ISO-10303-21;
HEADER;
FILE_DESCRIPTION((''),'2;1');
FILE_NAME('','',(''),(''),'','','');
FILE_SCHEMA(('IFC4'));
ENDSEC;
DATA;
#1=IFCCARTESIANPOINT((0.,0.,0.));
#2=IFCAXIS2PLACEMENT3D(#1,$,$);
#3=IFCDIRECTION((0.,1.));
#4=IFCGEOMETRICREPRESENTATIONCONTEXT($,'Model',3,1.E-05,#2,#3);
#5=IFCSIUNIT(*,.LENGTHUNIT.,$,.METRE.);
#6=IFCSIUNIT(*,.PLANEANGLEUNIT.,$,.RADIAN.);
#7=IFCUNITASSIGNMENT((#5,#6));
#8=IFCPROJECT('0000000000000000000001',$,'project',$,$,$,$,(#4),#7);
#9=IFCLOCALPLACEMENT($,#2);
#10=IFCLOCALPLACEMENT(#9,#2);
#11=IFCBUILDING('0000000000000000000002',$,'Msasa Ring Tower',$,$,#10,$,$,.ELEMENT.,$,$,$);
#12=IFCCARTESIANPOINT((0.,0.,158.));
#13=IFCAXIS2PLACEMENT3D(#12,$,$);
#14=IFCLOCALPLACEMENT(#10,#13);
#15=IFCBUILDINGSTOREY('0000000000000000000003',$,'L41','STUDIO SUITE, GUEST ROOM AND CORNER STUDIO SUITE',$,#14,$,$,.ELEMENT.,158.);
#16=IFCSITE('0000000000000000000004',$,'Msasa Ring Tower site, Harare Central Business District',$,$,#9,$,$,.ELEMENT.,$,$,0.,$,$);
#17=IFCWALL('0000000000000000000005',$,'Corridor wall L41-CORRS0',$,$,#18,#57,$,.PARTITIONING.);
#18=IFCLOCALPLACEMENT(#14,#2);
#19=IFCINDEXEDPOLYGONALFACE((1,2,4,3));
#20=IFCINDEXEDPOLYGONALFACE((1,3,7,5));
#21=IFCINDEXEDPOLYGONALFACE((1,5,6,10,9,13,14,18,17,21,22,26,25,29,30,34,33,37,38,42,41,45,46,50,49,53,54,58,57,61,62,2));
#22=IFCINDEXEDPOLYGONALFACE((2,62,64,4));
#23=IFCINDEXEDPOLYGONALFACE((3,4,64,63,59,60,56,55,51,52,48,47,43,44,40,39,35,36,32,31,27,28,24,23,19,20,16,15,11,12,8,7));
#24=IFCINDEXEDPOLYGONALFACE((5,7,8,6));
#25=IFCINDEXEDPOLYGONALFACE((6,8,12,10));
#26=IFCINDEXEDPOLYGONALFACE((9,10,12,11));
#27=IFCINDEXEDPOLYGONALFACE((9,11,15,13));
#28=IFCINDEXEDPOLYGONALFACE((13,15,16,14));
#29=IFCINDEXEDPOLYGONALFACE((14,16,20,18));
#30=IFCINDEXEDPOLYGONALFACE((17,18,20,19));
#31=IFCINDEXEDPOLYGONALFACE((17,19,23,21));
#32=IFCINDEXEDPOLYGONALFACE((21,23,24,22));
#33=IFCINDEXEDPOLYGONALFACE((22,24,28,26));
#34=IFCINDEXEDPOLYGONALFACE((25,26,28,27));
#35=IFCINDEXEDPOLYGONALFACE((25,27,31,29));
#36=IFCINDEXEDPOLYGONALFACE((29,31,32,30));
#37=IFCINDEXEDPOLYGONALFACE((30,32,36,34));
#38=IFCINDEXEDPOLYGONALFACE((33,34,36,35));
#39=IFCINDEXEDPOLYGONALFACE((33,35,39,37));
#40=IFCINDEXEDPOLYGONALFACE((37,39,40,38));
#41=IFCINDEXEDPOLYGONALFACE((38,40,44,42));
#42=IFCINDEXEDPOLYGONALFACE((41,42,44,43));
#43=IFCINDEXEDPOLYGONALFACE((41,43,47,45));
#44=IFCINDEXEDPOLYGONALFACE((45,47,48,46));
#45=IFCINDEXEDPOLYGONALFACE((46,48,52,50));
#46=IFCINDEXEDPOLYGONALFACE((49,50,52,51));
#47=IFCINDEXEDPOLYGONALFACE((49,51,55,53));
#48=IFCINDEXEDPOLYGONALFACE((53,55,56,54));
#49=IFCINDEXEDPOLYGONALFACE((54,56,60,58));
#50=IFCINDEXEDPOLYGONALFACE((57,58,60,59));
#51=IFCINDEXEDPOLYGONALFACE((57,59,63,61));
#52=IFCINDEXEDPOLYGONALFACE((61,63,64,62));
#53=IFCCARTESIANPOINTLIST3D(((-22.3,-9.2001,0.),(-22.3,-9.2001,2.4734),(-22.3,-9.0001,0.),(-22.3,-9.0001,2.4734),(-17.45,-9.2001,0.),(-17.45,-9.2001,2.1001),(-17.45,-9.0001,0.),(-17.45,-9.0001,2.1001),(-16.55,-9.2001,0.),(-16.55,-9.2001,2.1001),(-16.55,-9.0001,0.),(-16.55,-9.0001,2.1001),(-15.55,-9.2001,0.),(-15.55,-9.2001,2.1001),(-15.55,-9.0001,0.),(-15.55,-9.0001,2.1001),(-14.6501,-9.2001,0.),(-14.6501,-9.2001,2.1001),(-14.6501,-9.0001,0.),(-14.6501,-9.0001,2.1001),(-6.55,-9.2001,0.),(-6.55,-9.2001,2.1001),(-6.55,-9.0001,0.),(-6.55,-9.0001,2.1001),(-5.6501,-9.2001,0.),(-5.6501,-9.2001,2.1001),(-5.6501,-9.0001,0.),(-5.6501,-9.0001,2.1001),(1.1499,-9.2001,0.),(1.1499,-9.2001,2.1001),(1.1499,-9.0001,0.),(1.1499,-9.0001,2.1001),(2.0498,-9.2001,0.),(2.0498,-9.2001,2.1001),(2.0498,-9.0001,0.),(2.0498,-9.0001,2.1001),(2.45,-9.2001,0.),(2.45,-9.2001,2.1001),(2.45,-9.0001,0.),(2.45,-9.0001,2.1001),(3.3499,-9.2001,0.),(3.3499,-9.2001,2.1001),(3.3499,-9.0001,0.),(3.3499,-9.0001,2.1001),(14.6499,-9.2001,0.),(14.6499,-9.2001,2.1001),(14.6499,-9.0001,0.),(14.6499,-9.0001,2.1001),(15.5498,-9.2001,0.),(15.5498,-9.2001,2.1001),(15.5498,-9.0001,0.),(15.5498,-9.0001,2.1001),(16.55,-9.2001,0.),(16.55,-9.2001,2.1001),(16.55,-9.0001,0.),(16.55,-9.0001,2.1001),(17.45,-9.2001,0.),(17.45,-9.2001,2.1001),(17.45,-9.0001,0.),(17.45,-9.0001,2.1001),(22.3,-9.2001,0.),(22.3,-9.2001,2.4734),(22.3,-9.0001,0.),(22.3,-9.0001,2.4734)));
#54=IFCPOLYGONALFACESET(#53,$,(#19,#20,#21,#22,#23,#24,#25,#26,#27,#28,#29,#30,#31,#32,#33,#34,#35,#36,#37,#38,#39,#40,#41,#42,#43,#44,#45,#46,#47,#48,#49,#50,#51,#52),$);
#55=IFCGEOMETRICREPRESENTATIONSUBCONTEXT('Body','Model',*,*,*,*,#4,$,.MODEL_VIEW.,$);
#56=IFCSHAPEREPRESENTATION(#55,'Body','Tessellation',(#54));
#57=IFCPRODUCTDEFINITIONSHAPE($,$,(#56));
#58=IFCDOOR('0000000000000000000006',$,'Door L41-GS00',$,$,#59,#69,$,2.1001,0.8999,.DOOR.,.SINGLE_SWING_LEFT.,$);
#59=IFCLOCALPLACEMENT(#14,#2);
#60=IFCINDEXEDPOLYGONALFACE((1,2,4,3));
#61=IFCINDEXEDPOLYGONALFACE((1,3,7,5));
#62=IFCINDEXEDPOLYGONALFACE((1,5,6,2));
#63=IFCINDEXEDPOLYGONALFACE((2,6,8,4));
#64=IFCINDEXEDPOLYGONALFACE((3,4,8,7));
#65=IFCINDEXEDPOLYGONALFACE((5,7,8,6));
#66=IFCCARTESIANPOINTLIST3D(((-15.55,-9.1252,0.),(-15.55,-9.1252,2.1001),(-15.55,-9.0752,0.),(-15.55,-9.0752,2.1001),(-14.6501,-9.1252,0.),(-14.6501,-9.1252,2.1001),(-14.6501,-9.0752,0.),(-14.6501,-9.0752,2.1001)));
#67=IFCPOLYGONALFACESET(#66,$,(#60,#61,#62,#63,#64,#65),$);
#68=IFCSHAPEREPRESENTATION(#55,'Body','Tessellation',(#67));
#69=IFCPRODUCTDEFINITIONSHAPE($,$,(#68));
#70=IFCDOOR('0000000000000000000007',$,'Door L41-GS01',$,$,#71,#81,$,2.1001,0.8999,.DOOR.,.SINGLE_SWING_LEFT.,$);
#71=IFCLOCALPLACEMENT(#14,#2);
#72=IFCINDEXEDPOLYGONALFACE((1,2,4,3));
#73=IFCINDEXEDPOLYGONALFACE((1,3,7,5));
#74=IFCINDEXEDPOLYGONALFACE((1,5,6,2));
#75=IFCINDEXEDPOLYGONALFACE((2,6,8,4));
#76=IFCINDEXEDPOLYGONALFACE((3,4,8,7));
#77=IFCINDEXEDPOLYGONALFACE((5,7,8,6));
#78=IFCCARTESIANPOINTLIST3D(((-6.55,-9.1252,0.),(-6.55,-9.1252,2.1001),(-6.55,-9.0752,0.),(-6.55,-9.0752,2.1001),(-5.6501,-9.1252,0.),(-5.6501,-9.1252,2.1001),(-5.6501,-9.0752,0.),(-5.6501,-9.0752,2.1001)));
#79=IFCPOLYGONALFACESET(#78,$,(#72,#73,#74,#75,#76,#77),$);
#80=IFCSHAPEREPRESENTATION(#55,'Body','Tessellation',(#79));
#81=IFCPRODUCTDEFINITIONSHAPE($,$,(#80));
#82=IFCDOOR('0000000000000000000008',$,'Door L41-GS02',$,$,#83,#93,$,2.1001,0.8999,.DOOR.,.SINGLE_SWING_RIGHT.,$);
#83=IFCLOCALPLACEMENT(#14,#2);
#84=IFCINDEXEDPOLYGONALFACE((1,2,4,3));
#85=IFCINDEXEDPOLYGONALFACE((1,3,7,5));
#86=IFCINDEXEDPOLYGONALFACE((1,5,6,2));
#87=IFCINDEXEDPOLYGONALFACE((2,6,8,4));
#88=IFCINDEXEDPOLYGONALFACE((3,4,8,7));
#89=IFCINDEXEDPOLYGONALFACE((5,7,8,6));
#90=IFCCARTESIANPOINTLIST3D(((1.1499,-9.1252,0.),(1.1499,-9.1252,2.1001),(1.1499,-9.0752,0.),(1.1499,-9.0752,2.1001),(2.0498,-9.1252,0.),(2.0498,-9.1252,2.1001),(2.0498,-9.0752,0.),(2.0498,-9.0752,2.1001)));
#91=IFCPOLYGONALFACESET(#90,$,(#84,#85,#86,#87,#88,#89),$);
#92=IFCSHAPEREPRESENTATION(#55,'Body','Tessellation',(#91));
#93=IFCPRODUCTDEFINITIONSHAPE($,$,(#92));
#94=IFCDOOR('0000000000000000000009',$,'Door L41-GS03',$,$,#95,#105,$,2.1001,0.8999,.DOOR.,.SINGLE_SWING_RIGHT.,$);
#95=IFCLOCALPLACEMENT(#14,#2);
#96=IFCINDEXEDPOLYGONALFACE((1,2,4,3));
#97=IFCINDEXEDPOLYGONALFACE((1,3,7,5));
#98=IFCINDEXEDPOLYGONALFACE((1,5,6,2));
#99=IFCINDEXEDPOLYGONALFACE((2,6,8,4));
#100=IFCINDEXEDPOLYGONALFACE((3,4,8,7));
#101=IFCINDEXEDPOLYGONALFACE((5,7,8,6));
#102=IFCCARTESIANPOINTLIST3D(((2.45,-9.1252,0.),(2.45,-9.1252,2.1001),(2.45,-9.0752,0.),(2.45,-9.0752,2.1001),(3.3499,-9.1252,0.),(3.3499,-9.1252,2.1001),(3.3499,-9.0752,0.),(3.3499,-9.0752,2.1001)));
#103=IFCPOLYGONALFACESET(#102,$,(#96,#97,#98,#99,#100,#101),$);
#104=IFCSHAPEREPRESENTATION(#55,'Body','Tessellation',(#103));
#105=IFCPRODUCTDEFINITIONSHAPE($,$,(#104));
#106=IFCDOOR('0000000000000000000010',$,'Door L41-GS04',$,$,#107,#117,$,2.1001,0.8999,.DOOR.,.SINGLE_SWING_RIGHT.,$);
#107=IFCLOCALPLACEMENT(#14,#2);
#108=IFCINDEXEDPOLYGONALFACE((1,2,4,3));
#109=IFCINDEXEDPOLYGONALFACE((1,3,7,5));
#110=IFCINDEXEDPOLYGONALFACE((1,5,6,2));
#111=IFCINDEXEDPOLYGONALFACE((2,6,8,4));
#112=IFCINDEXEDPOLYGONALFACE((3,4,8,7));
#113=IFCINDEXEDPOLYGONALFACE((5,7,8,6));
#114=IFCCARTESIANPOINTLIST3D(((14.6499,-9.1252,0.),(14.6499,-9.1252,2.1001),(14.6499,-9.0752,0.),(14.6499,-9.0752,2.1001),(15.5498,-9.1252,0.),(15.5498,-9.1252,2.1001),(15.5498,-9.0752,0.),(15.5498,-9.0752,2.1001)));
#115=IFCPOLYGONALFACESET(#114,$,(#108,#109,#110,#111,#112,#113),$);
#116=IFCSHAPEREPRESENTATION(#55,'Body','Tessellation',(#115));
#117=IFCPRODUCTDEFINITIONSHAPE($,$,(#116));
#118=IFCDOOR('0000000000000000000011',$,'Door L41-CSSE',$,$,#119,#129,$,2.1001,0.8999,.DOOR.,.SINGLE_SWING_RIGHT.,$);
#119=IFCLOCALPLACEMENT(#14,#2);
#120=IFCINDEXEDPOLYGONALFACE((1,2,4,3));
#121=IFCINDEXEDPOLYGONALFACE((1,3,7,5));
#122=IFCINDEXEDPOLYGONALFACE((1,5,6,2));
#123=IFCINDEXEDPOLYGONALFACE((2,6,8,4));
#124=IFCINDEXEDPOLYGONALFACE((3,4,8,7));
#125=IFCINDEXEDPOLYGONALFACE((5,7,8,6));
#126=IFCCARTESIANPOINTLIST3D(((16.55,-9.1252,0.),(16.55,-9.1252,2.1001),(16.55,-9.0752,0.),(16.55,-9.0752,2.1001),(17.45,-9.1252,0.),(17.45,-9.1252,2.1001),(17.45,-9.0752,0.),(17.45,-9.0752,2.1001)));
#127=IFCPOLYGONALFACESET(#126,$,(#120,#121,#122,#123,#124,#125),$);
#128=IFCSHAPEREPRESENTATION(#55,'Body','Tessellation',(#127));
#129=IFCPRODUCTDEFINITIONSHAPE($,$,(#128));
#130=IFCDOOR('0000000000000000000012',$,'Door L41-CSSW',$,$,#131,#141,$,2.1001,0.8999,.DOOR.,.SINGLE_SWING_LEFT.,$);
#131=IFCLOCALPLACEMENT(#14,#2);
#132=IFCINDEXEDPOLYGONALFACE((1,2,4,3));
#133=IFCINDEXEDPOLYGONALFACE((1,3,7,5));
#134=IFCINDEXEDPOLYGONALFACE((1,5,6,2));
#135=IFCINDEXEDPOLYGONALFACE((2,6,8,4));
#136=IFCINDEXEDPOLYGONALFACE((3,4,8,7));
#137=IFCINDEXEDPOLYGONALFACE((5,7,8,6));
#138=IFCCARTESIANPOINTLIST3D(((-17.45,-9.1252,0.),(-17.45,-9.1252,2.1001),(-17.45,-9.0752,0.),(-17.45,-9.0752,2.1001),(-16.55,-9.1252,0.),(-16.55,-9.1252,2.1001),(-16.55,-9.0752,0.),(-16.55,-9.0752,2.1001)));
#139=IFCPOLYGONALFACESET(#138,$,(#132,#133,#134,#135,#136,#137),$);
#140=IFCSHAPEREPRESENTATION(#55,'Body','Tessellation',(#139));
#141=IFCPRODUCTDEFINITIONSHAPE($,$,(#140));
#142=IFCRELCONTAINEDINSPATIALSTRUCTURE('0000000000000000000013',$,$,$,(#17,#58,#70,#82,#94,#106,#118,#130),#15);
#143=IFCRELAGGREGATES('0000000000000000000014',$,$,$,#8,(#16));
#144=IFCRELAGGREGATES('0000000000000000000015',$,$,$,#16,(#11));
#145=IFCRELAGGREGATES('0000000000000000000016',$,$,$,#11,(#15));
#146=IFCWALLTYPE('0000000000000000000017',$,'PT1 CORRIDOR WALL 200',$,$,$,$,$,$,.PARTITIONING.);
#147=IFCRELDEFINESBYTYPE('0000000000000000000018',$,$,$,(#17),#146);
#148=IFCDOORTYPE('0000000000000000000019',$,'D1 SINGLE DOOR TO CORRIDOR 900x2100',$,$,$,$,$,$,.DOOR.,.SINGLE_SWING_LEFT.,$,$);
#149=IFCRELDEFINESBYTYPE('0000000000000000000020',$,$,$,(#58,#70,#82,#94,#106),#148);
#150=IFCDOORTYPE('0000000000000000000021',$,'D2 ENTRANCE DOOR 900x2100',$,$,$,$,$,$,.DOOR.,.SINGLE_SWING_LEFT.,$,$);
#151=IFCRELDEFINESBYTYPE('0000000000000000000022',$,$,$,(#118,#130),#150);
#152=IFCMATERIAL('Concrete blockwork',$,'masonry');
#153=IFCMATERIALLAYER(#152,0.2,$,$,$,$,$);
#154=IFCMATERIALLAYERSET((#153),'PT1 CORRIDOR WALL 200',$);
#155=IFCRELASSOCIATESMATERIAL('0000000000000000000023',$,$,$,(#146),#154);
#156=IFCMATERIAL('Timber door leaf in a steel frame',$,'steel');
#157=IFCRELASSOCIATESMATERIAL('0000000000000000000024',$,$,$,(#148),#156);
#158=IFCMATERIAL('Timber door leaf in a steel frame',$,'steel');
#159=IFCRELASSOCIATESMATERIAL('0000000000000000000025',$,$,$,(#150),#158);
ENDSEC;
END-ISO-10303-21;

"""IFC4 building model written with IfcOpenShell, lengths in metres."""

from ifc_helpers import new_model, si_unit, direction, frame, frame_2d, origin, place, context, subcontext, project, spatial, rectangle, extrude, material, layer, layer_set, type_object, element, fill, save


model = new_model("IFC4")

# Units and contexts
model_context = context("Model", 3, precision=1e-05, world=origin(), true_north=direction((0.0, 1.0)))
body_context = subcontext(model_context, "Body", "Model", "MODEL_VIEW")
ifc_project = project(units=[si_unit("LENGTHUNIT", "METRE"), si_unit("PLANEANGLEUNIT", "RADIAN")], contexts=[model_context])

# Site, building, storey
site_placement = place(None, origin())
site = spatial("IfcSite", under=ifc_project, at=site_placement, Name="Msasa Ring Tower site, Harare Central Business District", CompositionType="ELEMENT", RefElevation=0.0)
building_placement = place(site_placement, origin())
building = spatial("IfcBuilding", under=site, at=building_placement, Name="Msasa Ring Tower", CompositionType="ELEMENT")
storey_placement = place(building_placement, frame((0.0, 0.0, 158.0)))
storey = spatial("IfcBuildingStorey", under=building, at=storey_placement, Name="L41", Description="STUDIO SUITE, GUEST ROOM AND CORNER STUDIO SUITE", CompositionType="ELEMENT", Elevation=158.0)

# Wall, openings, doors
ifc_material_1 = material(Name="Concrete blockwork", Category="masonry")
ifc_layer_1 = layer(ifc_material_1, 0.2)
ifc_layer_set_1 = layer_set([ifc_layer_1], Name="PT1 CORRIDOR WALL 200")
wall_type_1 = type_object("IfcWallType", Name="PT1 CORRIDOR WALL 200", PredefinedType="PARTITIONING", material=ifc_layer_set_1)
wall_1_placement = place(storey_placement, frame((-22.3, -9.1001, 0.0), z_axis=(0.0, 0.0, 1.0), x_axis=(1.0, 0.0, 0.0)))
wall_1 = element("IfcWall", 1, at=wall_1_placement, inside=storey, type_object=wall_type_1, Name="Corridor wall L41-CORRS0", PredefinedType="PARTITIONING", context=body_context, shape_type="SweptSolid", body=[
    extrude(rectangle(XDim=44.6001, YDim=0.2, at=frame_2d((22.3, 0.0))), origin(), (0.0, 0.0, 1.0), 2.4734),
])
opening_1_placement = place(wall_1_placement, frame((6.75, 0.0, 0.0)))
opening_1 = element("IfcOpeningElement", 2, at=opening_1_placement, cuts=wall_1, PredefinedType="OPENING", context=body_context, shape_type="SweptSolid", body=[
    extrude(rectangle(XDim=0.8999, YDim=2.1001, at=frame_2d((0.45, 1.05))), frame((0.0, 0.1099, 0.0), z_axis=(0.0, -1.0, 0.0), x_axis=(1.0, 0.0, 0.0)), (0.0, 0.0, 1.0), 0.22),
])
opening_2_placement = place(wall_1_placement, frame((15.75, 0.0, 0.0)))
opening_2 = element("IfcOpeningElement", 3, at=opening_2_placement, cuts=wall_1, PredefinedType="OPENING", context=body_context, shape_type="SweptSolid", body=[
    extrude(rectangle(XDim=0.8999, YDim=2.1001, at=frame_2d((0.45, 1.05))), frame((0.0, 0.1099, 0.0), z_axis=(0.0, -1.0, 0.0), x_axis=(1.0, 0.0, 0.0)), (0.0, 0.0, 1.0), 0.22),
])
opening_3_placement = place(wall_1_placement, frame((23.45, 0.0, 0.0)))
opening_3 = element("IfcOpeningElement", 4, at=opening_3_placement, cuts=wall_1, PredefinedType="OPENING", context=body_context, shape_type="SweptSolid", body=[
    extrude(rectangle(XDim=0.8999, YDim=2.1001, at=frame_2d((0.45, 1.05))), frame((0.0, 0.1099, 0.0), z_axis=(0.0, -1.0, 0.0), x_axis=(1.0, 0.0, 0.0)), (0.0, 0.0, 1.0), 0.22),
])
opening_4_placement = place(wall_1_placement, frame((24.75, 0.0, 0.0)))
opening_4 = element("IfcOpeningElement", 5, at=opening_4_placement, cuts=wall_1, PredefinedType="OPENING", context=body_context, shape_type="SweptSolid", body=[
    extrude(rectangle(XDim=0.8999, YDim=2.1001, at=frame_2d((0.45, 1.05))), frame((0.0, 0.1099, 0.0), z_axis=(0.0, -1.0, 0.0), x_axis=(1.0, 0.0, 0.0)), (0.0, 0.0, 1.0), 0.22),
])
opening_5_placement = place(wall_1_placement, frame((36.95, 0.0, 0.0)))
opening_5 = element("IfcOpeningElement", 6, at=opening_5_placement, cuts=wall_1, PredefinedType="OPENING", context=body_context, shape_type="SweptSolid", body=[
    extrude(rectangle(XDim=0.8999, YDim=2.1001, at=frame_2d((0.45, 1.05))), frame((0.0, 0.1099, 0.0), z_axis=(0.0, -1.0, 0.0), x_axis=(1.0, 0.0, 0.0)), (0.0, 0.0, 1.0), 0.22),
])
opening_6_placement = place(wall_1_placement, frame((38.8501, 0.0, 0.0)))
opening_6 = element("IfcOpeningElement", 7, at=opening_6_placement, cuts=wall_1, PredefinedType="OPENING", context=body_context, shape_type="SweptSolid", body=[
    extrude(rectangle(XDim=0.8999, YDim=2.1001, at=frame_2d((0.45, 1.05))), frame((0.0, 0.1099, 0.0), z_axis=(0.0, -1.0, 0.0), x_axis=(1.0, 0.0, 0.0)), (0.0, 0.0, 1.0), 0.22),
])
opening_7_placement = place(wall_1_placement, frame((4.8501, 0.0, 0.0)))
opening_7 = element("IfcOpeningElement", 8, at=opening_7_placement, cuts=wall_1, PredefinedType="OPENING", context=body_context, shape_type="SweptSolid", body=[
    extrude(rectangle(XDim=0.8999, YDim=2.1001, at=frame_2d((0.45, 1.05))), frame((0.0, 0.1099, 0.0), z_axis=(0.0, -1.0, 0.0), x_axis=(1.0, 0.0, 0.0)), (0.0, 0.0, 1.0), 0.22),
])
ifc_material_2 = material(Name="Timber door leaf in a steel frame", Category="steel")
door_type_1 = type_object("IfcDoorType", Name="D1 SINGLE DOOR TO CORRIDOR 900x2100", OperationType="SINGLE_SWING_LEFT", PredefinedType="DOOR", material=ifc_material_2)
door_1_placement = place(opening_1_placement, origin())
door_1 = element("IfcDoor", 9, at=door_1_placement, inside=storey, type_object=door_type_1, Name="Door L41-GS00", OperationType="SINGLE_SWING_LEFT", OverallHeight=2.1001, OverallWidth=0.8999, PredefinedType="DOOR", context=body_context, shape_type="SweptSolid", body=[
    extrude(rectangle(XDim=0.8999, YDim=2.1001, at=frame_2d((0.45, 1.05))), frame((0.0, 0.0249, 0.0), z_axis=(0.0, -1.0, 0.0), x_axis=(1.0, 0.0, 0.0)), (0.0, 0.0, 1.0), 0.05),
])
fill(opening_1, door_1)
door_2_placement = place(opening_2_placement, origin())
door_2 = element("IfcDoor", 10, at=door_2_placement, inside=storey, type_object=door_type_1, Name="Door L41-GS01", OperationType="SINGLE_SWING_LEFT", OverallHeight=2.1001, OverallWidth=0.8999, PredefinedType="DOOR", context=body_context, shape_type="SweptSolid", body=[
    extrude(rectangle(XDim=0.8999, YDim=2.1001, at=frame_2d((0.45, 1.05))), frame((0.0, 0.0249, 0.0), z_axis=(0.0, -1.0, 0.0), x_axis=(1.0, 0.0, 0.0)), (0.0, 0.0, 1.0), 0.05),
])
fill(opening_2, door_2)
door_3_placement = place(opening_3_placement, origin())
door_3 = element("IfcDoor", 11, at=door_3_placement, inside=storey, type_object=door_type_1, Name="Door L41-GS02", OperationType="SINGLE_SWING_RIGHT", OverallHeight=2.1001, OverallWidth=0.8999, PredefinedType="DOOR", context=body_context, shape_type="SweptSolid", body=[
    extrude(rectangle(XDim=0.8999, YDim=2.1001, at=frame_2d((0.45, 1.05))), frame((0.0, 0.0249, 0.0), z_axis=(0.0, -1.0, 0.0), x_axis=(1.0, 0.0, 0.0)), (0.0, 0.0, 1.0), 0.05),
])
fill(opening_3, door_3)
door_4_placement = place(opening_4_placement, origin())
door_4 = element("IfcDoor", 12, at=door_4_placement, inside=storey, type_object=door_type_1, Name="Door L41-GS03", OperationType="SINGLE_SWING_RIGHT", OverallHeight=2.1001, OverallWidth=0.8999, PredefinedType="DOOR", context=body_context, shape_type="SweptSolid", body=[
    extrude(rectangle(XDim=0.8999, YDim=2.1001, at=frame_2d((0.45, 1.05))), frame((0.0, 0.0249, 0.0), z_axis=(0.0, -1.0, 0.0), x_axis=(1.0, 0.0, 0.0)), (0.0, 0.0, 1.0), 0.05),
])
fill(opening_4, door_4)
door_5_placement = place(opening_5_placement, origin())
door_5 = element("IfcDoor", 13, at=door_5_placement, inside=storey, type_object=door_type_1, Name="Door L41-GS04", OperationType="SINGLE_SWING_RIGHT", OverallHeight=2.1001, OverallWidth=0.8999, PredefinedType="DOOR", context=body_context, shape_type="SweptSolid", body=[
    extrude(rectangle(XDim=0.8999, YDim=2.1001, at=frame_2d((0.45, 1.05))), frame((0.0, 0.0249, 0.0), z_axis=(0.0, -1.0, 0.0), x_axis=(1.0, 0.0, 0.0)), (0.0, 0.0, 1.0), 0.05),
])
fill(opening_5, door_5)
ifc_material_3 = material(Name="Timber door leaf in a steel frame", Category="steel")
door_type_2 = type_object("IfcDoorType", Name="D2 ENTRANCE DOOR 900x2100", OperationType="SINGLE_SWING_LEFT", PredefinedType="DOOR", material=ifc_material_3)
door_6_placement = place(opening_6_placement, origin())
door_6 = element("IfcDoor", 14, at=door_6_placement, inside=storey, type_object=door_type_2, Name="Door L41-CSSE", OperationType="SINGLE_SWING_RIGHT", OverallHeight=2.1001, OverallWidth=0.8999, PredefinedType="DOOR", context=body_context, shape_type="SweptSolid", body=[
    extrude(rectangle(XDim=0.8999, YDim=2.1001, at=frame_2d((0.45, 1.05))), frame((0.0, 0.0249, 0.0), z_axis=(0.0, -1.0, 0.0), x_axis=(1.0, 0.0, 0.0)), (0.0, 0.0, 1.0), 0.05),
])
fill(opening_6, door_6)
door_7_placement = place(opening_7_placement, origin())
door_7 = element("IfcDoor", 15, at=door_7_placement, inside=storey, type_object=door_type_2, Name="Door L41-CSSW", OperationType="SINGLE_SWING_LEFT", OverallHeight=2.1001, OverallWidth=0.8999, PredefinedType="DOOR", context=body_context, shape_type="SweptSolid", body=[
    extrude(rectangle(XDim=0.8999, YDim=2.1001, at=frame_2d((0.45, 1.05))), frame((0.0, 0.0249, 0.0), z_axis=(0.0, -1.0, 0.0), x_axis=(1.0, 0.0, 0.0)), (0.0, 0.0, 1.0), 0.05),
])
fill(opening_7, door_7)

save(model, "model.ifc")
